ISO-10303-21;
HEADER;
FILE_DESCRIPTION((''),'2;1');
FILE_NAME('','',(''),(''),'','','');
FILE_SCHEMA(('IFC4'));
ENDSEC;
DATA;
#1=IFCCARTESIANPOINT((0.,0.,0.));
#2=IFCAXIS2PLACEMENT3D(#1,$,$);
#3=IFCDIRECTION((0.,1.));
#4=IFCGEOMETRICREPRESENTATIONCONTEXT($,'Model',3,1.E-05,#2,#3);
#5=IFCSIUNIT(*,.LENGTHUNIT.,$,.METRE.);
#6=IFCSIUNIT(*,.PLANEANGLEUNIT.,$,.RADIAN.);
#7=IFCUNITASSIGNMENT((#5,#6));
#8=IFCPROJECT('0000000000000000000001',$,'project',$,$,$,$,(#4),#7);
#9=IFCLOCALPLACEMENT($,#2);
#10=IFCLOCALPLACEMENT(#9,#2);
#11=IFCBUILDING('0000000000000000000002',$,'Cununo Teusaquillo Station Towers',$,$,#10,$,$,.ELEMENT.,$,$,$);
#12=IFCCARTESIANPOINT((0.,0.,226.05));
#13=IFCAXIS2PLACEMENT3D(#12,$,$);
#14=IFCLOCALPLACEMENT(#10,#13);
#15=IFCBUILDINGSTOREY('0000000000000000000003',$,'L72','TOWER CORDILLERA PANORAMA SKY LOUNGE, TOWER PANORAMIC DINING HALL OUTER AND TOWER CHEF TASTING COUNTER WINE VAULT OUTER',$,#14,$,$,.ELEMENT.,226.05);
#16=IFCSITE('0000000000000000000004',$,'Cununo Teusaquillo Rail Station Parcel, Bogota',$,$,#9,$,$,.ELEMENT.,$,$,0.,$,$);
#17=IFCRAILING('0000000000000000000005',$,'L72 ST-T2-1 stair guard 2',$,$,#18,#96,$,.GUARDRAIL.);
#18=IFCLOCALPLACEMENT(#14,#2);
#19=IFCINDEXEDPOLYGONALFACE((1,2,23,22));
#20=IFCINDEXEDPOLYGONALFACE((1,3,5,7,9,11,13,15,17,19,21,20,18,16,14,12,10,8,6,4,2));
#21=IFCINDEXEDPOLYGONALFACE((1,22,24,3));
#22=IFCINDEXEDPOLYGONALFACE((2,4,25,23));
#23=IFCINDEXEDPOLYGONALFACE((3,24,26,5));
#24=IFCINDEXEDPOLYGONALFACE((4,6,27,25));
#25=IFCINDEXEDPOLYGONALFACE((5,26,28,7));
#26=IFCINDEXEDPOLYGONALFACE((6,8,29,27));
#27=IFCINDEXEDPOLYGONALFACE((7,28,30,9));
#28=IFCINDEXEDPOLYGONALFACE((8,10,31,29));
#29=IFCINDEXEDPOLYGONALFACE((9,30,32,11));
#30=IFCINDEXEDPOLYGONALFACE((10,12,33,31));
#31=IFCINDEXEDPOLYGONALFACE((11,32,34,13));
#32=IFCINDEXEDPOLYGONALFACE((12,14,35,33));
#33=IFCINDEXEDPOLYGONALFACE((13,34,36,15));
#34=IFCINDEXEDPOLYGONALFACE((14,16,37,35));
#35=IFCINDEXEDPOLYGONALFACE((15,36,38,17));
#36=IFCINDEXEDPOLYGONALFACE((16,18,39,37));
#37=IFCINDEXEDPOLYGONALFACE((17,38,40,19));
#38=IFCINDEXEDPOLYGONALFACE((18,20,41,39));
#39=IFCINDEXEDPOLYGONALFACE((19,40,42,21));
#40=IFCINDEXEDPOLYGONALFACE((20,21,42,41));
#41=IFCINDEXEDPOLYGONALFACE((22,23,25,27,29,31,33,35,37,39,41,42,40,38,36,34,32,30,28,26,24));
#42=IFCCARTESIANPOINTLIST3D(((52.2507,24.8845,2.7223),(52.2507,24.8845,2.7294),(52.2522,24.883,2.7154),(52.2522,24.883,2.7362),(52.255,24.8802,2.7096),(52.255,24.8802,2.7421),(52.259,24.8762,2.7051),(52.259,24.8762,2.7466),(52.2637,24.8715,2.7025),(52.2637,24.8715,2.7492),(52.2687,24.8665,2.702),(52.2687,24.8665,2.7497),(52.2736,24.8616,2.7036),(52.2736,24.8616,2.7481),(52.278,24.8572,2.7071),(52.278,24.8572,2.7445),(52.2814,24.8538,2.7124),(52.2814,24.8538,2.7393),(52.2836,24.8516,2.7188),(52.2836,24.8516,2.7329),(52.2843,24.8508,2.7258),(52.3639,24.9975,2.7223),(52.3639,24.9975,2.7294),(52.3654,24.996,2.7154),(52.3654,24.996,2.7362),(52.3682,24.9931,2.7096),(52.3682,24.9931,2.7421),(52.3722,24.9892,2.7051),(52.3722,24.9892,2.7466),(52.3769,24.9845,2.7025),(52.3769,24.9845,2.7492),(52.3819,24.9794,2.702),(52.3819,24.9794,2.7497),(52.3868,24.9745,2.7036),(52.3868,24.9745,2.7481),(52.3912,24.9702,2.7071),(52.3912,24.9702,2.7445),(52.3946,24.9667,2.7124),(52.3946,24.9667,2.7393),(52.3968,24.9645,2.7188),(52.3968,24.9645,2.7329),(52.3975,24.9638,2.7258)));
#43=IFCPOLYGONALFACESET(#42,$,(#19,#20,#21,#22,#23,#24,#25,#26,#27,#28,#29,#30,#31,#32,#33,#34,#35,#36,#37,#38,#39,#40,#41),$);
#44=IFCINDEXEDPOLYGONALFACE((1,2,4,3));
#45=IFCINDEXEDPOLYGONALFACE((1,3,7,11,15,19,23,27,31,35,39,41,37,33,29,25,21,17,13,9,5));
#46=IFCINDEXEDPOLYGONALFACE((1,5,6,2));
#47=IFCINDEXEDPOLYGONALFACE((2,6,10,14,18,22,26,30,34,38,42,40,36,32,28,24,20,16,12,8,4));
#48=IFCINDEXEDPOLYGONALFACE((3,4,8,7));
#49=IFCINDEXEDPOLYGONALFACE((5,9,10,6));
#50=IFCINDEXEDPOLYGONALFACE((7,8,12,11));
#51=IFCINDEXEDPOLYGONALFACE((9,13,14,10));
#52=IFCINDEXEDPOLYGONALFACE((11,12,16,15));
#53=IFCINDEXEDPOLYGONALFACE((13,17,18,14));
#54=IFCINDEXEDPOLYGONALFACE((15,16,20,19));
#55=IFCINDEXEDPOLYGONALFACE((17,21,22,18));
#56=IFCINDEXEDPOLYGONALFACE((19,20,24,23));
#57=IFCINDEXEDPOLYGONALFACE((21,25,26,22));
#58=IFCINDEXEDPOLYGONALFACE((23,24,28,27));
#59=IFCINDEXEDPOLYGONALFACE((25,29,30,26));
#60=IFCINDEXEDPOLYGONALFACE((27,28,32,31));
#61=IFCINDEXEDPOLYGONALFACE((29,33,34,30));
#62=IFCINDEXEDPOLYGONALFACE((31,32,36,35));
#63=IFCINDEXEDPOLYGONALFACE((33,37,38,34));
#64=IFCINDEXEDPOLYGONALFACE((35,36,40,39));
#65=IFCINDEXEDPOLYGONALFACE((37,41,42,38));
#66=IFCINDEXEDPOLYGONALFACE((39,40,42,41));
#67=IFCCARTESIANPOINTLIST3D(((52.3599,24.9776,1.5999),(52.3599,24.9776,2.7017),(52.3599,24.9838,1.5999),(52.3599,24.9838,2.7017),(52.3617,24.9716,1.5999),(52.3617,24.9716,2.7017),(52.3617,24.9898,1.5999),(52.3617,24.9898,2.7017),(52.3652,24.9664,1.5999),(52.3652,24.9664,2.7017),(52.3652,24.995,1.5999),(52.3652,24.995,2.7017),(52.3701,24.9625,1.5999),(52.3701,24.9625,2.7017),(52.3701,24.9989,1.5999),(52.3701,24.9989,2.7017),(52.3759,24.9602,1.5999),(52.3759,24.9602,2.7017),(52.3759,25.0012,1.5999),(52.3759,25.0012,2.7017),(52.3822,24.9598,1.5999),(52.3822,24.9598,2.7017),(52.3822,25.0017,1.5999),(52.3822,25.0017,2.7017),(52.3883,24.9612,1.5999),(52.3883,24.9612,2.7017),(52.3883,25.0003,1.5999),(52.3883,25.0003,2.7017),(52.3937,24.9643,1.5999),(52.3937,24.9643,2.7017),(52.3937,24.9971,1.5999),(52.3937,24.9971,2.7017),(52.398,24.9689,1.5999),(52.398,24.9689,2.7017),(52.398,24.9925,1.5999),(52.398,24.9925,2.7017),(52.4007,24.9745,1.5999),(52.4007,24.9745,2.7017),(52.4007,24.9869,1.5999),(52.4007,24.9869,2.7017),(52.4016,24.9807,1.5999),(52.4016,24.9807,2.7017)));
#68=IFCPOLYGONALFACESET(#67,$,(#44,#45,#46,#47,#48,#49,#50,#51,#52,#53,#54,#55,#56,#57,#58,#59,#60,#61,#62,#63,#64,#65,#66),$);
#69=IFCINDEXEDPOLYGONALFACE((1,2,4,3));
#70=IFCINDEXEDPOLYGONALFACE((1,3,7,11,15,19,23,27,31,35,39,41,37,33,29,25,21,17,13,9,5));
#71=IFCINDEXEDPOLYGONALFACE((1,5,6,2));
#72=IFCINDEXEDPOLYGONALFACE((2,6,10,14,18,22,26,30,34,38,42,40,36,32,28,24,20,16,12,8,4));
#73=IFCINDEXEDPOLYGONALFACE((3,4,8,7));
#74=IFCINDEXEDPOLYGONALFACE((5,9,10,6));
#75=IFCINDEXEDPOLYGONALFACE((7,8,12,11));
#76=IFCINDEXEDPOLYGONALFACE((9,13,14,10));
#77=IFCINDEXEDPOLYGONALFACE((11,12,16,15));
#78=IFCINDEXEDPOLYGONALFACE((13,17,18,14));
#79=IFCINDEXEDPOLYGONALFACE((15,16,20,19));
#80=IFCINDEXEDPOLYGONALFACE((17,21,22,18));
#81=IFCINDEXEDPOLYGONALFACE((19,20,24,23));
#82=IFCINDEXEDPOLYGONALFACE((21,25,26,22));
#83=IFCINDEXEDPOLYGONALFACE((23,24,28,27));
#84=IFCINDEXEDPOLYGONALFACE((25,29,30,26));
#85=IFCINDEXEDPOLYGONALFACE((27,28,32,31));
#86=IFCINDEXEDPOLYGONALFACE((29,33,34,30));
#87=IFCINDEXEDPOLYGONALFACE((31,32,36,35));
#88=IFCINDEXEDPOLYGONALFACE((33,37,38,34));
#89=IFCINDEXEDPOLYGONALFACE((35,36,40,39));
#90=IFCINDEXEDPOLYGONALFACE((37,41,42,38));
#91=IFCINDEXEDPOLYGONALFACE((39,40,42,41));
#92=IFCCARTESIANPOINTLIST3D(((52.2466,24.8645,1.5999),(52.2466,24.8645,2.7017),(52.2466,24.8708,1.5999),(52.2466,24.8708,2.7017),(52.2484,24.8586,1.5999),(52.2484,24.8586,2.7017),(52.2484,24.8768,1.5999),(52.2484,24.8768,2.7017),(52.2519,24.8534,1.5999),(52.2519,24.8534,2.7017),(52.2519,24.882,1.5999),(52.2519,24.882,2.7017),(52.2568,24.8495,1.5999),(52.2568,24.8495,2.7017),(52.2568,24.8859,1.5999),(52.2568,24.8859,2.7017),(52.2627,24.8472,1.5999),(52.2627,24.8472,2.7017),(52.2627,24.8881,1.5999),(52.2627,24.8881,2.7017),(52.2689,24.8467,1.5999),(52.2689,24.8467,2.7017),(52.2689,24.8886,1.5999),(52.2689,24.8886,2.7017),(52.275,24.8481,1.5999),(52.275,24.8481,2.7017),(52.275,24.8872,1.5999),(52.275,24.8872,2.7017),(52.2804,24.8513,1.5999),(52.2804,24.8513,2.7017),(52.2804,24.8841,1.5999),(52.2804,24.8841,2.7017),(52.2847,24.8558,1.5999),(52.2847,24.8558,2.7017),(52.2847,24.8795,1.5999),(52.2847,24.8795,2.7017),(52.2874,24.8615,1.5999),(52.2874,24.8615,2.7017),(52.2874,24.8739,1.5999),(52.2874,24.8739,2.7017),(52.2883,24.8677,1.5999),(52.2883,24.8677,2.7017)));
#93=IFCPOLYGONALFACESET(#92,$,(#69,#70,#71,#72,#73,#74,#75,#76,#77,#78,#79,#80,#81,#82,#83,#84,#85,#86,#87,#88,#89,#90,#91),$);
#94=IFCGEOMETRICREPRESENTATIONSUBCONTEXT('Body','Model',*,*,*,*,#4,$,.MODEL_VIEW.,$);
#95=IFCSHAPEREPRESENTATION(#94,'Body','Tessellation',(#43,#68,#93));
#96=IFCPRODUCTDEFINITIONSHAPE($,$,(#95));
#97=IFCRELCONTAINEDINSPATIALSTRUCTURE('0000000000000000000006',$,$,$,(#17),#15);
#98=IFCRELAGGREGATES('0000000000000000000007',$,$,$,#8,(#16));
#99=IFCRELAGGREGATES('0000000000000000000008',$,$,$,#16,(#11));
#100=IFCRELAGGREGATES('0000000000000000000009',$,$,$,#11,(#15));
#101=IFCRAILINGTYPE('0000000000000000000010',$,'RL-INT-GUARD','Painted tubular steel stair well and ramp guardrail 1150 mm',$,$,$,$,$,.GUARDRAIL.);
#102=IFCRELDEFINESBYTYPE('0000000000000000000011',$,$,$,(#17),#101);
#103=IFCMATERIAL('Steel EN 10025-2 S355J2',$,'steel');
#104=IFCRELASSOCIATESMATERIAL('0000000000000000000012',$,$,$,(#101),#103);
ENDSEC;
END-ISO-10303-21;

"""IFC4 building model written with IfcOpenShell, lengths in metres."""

from ifc_helpers import new_model, si_unit, direction, frame, origin, origin_2d, place, context, subcontext, project, spatial, circle, extrude, material, type_object, element, save


model = new_model("IFC4")

# Units and contexts
model_context = context("Model", 3, precision=1e-05, world=origin(), true_north=direction((0.0, 1.0)))
body_context = subcontext(model_context, "Body", "Model", "MODEL_VIEW")
ifc_project = project(units=[si_unit("LENGTHUNIT", "METRE"), si_unit("PLANEANGLEUNIT", "RADIAN")], contexts=[model_context])

# Site, building, storey
site_placement = place(None, origin())
site = spatial("IfcSite", under=ifc_project, at=site_placement, Name="Cununo Teusaquillo Rail Station Parcel, Bogota", CompositionType="ELEMENT", RefElevation=0.0)
building_placement = place(site_placement, origin())
building = spatial("IfcBuilding", under=site, at=building_placement, Name="Cununo Teusaquillo Station Towers", CompositionType="ELEMENT")
storey_placement = place(building_placement, frame((0.0, 0.0, 226.05)))
storey = spatial("IfcBuildingStorey", under=building, at=storey_placement, Name="L72", Description="TOWER CORDILLERA PANORAMA SKY LOUNGE, TOWER PANORAMIC DINING HALL OUTER AND TOWER CHEF TASTING COUNTER WINE VAULT OUTER", CompositionType="ELEMENT", Elevation=226.05)

# Railing
ifc_material_1 = material(Name="Steel EN 10025-2 S355J2", Category="steel")
railing_type_1 = type_object("IfcRailingType", Name="RL-INT-GUARD", Description="Painted tubular steel stair well and ramp guardrail 1150 mm", PredefinedType="GUARDRAIL", material=ifc_material_1)
railing_1_placement = place(storey_placement, frame((52.3806, 24.9807, 1.5999)))
element("IfcRailing", 1, at=railing_1_placement, inside=storey, type_object=railing_type_1, Name="L72 ST-T2-1 stair guard 2", PredefinedType="GUARDRAIL", context=body_context, shape_type="SweptSolid", body=[
    extrude(circle(Radius=0.0239, at=origin_2d()), frame((0.0, 0.0, 1.126), z_axis=(-0.707869, -0.706344, 0.0), x_axis=(0.706344, -0.707869, 0.0)), (0.0, 0.0, 1.0), 0.1599),
    extrude(circle(Radius=0.021, at=origin_2d()), origin(), (0.0, 0.0, 1.0), 1.1018),
    extrude(circle(Radius=0.021, at=origin_2d()), frame((-0.1133, -0.113, 0.0)), (0.0, 0.0, 1.0), 1.1018),
])

save(model, "model.ifc")
